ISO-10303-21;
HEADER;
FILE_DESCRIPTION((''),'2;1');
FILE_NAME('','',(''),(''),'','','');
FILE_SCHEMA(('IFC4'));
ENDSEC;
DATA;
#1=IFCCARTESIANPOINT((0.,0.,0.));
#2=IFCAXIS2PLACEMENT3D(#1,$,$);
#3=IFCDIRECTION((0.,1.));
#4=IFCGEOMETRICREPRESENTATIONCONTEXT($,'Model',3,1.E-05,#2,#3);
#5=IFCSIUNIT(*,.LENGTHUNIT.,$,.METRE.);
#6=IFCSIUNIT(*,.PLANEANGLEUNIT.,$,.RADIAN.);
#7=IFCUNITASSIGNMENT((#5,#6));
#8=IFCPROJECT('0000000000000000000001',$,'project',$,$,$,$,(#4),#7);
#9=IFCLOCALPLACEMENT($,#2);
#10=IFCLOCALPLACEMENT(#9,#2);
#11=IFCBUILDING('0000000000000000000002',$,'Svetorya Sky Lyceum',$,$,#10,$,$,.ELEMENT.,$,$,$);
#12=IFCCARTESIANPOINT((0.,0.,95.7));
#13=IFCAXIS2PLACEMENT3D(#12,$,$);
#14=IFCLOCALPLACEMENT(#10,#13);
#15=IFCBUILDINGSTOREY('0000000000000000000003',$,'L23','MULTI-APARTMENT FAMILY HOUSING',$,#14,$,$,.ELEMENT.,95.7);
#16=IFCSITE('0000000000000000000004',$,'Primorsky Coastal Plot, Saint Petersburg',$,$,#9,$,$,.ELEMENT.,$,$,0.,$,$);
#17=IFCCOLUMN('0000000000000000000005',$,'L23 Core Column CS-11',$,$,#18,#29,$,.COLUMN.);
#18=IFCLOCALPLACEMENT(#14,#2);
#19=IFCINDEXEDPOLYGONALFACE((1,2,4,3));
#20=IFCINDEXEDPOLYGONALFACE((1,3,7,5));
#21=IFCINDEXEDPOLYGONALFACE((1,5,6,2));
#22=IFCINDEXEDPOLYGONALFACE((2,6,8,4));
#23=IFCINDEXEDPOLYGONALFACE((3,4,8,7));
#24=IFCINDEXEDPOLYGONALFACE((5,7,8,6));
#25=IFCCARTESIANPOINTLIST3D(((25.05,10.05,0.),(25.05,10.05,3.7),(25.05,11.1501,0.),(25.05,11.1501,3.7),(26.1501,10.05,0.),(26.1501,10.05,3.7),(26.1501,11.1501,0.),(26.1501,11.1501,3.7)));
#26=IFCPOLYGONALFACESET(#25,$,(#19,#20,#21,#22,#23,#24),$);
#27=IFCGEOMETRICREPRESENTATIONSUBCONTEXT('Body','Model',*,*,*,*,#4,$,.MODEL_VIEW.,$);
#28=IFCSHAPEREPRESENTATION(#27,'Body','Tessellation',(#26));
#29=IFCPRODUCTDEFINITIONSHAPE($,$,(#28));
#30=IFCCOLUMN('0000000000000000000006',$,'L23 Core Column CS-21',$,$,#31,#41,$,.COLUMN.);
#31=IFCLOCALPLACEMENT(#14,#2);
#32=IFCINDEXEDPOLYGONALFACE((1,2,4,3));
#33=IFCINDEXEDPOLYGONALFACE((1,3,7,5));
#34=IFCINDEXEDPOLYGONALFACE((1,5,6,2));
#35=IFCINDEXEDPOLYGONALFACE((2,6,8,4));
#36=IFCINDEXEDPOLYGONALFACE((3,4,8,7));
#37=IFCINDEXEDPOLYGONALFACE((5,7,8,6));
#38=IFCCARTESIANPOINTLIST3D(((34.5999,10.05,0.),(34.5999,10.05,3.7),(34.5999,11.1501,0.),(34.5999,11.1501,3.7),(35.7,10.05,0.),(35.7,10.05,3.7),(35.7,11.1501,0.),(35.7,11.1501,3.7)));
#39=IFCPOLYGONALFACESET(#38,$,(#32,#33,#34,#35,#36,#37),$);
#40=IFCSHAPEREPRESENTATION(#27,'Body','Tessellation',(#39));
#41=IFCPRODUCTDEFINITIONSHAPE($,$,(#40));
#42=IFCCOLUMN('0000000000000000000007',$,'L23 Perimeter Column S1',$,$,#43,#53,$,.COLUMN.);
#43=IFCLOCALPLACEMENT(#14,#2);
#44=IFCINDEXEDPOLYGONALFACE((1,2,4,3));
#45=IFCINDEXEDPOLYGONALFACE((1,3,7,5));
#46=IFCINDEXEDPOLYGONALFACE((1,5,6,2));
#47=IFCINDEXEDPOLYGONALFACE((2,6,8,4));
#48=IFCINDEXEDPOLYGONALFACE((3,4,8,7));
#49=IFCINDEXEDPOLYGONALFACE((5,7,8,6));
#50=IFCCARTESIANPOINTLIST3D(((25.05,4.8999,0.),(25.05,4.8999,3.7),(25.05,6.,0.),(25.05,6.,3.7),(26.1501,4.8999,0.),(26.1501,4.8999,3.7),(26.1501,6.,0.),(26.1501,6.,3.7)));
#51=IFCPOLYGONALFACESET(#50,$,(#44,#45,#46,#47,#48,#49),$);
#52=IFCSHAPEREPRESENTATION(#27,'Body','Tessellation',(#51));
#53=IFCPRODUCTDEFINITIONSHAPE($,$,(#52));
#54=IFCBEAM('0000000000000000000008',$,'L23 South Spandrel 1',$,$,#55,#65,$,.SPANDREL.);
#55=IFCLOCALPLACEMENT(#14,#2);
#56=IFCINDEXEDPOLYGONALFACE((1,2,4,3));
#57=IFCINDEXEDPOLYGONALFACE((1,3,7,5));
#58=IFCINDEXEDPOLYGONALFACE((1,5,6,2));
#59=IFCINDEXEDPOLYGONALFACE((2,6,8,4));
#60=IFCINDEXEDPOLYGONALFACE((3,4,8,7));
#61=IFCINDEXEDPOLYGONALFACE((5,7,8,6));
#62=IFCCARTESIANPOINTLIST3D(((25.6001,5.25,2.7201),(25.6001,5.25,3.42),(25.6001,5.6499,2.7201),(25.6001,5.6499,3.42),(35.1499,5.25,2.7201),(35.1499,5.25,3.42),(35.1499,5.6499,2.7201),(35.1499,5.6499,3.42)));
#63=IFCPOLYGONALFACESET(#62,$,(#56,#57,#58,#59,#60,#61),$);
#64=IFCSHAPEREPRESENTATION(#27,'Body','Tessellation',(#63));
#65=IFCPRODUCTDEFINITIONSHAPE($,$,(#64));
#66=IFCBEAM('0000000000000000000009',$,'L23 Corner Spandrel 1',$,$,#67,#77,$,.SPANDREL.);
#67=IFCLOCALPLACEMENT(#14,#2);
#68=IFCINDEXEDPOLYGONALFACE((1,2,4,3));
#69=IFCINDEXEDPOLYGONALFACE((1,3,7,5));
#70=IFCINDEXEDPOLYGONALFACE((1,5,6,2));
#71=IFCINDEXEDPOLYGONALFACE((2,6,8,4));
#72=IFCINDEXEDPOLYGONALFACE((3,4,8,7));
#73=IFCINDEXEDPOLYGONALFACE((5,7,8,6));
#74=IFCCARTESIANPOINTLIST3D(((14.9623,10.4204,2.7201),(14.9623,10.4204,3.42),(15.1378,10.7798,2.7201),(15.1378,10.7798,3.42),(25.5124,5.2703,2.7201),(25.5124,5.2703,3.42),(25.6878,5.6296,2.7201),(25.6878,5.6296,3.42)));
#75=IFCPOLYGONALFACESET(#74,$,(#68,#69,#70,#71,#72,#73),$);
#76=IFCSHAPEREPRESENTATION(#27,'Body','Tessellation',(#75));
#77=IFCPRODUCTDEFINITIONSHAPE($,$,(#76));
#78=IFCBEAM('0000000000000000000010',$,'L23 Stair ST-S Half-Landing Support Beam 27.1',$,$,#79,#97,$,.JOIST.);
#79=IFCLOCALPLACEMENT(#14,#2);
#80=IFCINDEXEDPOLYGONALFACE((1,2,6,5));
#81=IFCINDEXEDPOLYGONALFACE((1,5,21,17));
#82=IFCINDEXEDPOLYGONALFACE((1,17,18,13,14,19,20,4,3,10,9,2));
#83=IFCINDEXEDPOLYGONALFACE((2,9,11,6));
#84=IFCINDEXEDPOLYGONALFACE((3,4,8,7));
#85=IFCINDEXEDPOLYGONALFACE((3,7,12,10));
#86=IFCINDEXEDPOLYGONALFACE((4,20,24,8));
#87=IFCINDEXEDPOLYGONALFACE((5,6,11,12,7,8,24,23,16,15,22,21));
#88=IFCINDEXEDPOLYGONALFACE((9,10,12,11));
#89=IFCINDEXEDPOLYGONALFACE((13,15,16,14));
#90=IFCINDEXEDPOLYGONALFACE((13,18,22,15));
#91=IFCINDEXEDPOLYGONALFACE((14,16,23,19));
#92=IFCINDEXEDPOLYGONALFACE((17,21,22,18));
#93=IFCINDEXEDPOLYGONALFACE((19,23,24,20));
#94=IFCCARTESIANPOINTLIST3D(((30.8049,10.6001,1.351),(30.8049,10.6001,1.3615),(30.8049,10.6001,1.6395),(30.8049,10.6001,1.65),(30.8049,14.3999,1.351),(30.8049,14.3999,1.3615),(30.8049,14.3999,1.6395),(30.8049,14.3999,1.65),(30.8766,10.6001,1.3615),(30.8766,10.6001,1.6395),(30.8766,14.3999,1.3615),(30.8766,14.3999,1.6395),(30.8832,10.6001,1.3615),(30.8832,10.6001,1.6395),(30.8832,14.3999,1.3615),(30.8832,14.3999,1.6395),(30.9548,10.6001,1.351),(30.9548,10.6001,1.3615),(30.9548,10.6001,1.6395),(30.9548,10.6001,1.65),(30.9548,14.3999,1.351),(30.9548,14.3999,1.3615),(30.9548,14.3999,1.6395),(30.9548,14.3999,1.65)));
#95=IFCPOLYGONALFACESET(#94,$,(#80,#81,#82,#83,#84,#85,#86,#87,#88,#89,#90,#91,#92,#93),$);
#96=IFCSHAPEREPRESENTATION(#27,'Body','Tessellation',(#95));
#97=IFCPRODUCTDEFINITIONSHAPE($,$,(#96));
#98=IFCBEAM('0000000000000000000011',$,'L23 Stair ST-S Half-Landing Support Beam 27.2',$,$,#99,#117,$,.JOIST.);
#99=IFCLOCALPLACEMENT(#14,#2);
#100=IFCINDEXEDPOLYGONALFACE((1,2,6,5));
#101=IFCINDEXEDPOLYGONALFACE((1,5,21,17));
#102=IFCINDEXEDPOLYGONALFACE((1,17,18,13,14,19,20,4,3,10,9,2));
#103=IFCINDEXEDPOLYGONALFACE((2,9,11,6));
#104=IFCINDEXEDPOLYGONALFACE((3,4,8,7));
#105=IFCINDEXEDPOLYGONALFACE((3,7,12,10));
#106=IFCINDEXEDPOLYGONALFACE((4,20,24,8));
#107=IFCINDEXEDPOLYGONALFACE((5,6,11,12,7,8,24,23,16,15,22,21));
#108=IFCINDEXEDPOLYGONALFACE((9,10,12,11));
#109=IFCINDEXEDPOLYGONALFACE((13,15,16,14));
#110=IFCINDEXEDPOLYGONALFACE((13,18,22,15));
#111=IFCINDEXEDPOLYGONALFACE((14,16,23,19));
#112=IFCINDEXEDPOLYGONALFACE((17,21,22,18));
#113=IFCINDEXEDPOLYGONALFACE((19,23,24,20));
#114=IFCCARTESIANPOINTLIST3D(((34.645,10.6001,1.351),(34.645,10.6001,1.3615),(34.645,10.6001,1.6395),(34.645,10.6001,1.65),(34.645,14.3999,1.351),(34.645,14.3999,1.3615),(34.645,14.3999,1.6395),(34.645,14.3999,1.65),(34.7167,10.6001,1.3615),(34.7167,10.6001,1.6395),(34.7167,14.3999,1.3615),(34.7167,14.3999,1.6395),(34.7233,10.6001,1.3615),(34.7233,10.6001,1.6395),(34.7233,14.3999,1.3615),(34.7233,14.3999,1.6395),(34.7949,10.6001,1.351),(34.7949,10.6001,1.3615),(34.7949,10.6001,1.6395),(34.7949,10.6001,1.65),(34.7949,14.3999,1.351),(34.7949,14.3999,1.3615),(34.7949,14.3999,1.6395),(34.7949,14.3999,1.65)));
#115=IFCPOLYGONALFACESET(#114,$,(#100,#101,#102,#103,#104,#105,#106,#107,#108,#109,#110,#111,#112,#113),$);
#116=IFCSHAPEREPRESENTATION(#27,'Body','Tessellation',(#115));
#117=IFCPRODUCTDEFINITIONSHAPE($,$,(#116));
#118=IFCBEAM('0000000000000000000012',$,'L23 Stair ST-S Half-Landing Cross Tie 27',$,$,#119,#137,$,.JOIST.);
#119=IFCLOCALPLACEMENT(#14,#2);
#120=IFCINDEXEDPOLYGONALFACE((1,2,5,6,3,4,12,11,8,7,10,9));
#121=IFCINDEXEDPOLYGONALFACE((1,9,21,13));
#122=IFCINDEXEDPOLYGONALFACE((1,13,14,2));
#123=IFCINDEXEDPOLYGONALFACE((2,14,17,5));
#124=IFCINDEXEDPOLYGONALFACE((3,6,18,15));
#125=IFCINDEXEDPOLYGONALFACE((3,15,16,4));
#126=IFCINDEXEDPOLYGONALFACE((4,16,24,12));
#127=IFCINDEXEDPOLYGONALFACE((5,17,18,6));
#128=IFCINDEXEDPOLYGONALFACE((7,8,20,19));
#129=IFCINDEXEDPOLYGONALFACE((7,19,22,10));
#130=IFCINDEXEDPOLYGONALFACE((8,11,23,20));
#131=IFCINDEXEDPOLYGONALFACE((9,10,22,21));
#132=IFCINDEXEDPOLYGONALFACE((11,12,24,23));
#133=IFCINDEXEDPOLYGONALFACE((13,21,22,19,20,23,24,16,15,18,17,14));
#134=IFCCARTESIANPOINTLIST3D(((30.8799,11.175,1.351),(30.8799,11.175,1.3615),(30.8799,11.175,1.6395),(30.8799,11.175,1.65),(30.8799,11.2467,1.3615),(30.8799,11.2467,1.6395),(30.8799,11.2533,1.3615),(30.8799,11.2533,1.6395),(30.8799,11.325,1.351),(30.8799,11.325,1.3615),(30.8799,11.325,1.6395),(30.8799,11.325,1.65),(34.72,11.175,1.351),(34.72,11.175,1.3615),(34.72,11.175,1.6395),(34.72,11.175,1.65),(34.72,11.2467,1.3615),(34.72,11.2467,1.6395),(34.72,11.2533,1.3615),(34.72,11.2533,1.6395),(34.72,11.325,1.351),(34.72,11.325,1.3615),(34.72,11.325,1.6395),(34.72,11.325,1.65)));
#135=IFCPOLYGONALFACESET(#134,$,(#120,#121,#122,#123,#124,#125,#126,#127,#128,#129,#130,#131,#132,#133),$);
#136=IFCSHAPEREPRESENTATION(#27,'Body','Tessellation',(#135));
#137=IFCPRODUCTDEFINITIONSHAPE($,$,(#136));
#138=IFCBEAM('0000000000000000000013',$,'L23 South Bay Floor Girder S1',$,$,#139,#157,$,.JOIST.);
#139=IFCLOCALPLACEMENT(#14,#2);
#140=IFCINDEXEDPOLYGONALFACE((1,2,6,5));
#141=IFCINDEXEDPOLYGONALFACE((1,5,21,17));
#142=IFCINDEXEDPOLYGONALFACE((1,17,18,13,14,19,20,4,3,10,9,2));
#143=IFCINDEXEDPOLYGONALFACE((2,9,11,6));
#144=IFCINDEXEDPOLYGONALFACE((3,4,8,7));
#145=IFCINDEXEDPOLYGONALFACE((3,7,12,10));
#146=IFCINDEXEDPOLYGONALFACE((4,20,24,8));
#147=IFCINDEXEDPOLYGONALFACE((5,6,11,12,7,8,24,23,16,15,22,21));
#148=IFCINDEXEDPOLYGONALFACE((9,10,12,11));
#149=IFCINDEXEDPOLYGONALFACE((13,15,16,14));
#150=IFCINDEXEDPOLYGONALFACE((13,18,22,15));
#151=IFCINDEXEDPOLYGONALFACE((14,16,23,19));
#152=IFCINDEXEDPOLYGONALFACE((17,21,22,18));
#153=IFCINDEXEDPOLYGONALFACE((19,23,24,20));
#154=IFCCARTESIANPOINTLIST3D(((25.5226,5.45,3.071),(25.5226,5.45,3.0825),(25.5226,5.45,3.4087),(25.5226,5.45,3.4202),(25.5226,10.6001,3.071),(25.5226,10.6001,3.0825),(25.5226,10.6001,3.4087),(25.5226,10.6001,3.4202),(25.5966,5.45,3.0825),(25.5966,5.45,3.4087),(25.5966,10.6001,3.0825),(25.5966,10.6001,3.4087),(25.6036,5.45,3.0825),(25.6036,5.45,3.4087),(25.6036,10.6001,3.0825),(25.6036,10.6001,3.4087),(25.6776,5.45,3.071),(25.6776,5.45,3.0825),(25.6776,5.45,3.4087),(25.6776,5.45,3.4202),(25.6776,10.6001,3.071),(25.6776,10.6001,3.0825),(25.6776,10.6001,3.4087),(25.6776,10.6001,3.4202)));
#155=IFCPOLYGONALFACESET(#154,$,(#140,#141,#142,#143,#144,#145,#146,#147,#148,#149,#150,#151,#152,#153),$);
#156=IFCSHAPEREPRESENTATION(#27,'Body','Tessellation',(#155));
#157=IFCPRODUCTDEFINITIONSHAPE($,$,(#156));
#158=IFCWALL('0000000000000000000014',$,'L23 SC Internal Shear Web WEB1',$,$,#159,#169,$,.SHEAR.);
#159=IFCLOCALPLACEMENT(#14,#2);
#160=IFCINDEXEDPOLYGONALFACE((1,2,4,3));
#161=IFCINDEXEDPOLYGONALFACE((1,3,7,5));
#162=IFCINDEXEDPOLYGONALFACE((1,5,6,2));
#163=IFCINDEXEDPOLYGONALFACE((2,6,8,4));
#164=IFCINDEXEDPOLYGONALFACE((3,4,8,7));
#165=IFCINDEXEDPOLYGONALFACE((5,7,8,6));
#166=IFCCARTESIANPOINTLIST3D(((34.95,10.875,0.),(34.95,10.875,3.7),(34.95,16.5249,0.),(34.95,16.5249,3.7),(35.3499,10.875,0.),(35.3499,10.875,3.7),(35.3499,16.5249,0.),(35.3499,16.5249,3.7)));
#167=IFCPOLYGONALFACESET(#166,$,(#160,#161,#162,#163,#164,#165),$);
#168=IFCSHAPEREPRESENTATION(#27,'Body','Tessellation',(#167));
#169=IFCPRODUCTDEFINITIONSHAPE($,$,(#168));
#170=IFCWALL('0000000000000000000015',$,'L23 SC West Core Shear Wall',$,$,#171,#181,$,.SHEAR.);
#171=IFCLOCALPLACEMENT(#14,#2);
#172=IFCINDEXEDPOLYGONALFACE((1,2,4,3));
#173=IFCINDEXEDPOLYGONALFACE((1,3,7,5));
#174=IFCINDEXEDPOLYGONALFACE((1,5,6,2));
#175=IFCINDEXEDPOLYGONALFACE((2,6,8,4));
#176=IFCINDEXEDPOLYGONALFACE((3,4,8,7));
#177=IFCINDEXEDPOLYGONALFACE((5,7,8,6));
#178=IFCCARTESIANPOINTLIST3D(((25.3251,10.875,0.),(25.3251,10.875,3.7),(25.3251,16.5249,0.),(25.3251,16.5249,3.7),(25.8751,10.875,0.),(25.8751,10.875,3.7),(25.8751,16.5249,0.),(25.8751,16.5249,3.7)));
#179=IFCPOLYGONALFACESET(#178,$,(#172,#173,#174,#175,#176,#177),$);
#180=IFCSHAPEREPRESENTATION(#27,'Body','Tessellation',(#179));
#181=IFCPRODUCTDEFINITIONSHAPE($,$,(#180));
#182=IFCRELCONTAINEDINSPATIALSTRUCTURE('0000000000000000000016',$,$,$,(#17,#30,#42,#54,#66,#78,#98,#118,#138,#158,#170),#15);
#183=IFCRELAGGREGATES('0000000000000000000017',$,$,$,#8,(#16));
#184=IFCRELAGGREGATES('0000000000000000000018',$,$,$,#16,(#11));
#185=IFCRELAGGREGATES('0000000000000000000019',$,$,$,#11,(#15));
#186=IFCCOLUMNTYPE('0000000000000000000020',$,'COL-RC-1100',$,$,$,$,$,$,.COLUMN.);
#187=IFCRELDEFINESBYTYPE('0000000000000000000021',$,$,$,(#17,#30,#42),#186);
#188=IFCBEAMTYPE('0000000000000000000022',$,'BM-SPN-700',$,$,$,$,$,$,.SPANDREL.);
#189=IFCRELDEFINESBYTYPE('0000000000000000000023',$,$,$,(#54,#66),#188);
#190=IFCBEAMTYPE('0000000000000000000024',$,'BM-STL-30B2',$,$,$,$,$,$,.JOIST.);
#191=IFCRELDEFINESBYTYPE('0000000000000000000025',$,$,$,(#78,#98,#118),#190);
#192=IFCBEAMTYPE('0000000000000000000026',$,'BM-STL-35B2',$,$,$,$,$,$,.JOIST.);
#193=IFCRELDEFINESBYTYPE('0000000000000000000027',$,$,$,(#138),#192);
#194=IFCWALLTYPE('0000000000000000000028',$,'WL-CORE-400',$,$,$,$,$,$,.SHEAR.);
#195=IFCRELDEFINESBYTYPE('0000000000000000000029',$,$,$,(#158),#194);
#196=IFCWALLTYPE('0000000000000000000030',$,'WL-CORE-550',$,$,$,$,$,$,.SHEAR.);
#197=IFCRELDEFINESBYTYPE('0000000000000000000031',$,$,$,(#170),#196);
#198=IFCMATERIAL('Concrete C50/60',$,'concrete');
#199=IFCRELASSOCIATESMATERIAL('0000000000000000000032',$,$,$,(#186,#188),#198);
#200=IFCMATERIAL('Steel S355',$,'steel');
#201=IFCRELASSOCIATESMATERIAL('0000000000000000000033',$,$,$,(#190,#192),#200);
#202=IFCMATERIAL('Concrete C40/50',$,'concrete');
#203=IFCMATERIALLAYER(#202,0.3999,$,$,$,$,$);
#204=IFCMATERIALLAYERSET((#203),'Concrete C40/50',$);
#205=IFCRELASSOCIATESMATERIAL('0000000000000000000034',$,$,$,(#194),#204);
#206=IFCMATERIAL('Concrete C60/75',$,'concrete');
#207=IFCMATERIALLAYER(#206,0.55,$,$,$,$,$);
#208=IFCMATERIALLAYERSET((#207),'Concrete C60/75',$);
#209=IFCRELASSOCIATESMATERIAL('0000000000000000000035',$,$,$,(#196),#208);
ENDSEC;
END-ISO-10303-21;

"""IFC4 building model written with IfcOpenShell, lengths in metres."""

from ifc_helpers import new_model, si_unit, direction, frame, frame_2d, origin, origin_2d, place, context, subcontext, project, spatial, rectangle, i_section, extrude, material, layer, layer_set, material_profile, profile_set, type_object, element, save


model = new_model("IFC4")

# Units and contexts
model_context = context("Model", 3, precision=1e-05, world=origin(), true_north=direction((0.0, 1.0)))
body_context = subcontext(model_context, "Body", "Model", "MODEL_VIEW")
ifc_project = project(units=[si_unit("LENGTHUNIT", "METRE"), si_unit("PLANEANGLEUNIT", "RADIAN")], contexts=[model_context])

# Site, building, storey
site_placement = place(None, origin())
site = spatial("IfcSite", under=ifc_project, at=site_placement, Name="Primorsky Coastal Plot, Saint Petersburg", CompositionType="ELEMENT", RefElevation=0.0)
building_placement = place(site_placement, origin())
building = spatial("IfcBuilding", under=site, at=building_placement, Name="Svetorya Sky Lyceum", CompositionType="ELEMENT")
storey_placement = place(building_placement, frame((0.0, 0.0, 95.7)))
storey = spatial("IfcBuildingStorey", under=building, at=storey_placement, Name="L23", Description="MULTI-APARTMENT FAMILY HOUSING", CompositionType="ELEMENT", Elevation=95.7)

# Columns
ifc_material_1 = material(Name="Concrete C50/60", Category="concrete")
ifc_material_profile_1 = material_profile(ifc_material_1, rectangle(XDim=1.1001, YDim=1.1001, at=origin_2d()), Name="RC COL 1100x1100")
ifc_profile_set_1 = profile_set([ifc_material_profile_1], Name="Concrete C50/60")
column_type = type_object("IfcColumnType", Name="COL-RC-1100", PredefinedType="COLUMN", material=ifc_profile_set_1)
for number, where, z_axis, x_axis, name in (
    (1, (25.6001, 10.6001, 0.0), (0.0, 0.0, 1.0), (1.0, 0.0, 0.0), "L23 Core Column CS-11"),
    (2, (35.1499, 10.6001, 0.0), (0.0, 0.0, 1.0), (1.0, 0.0, 0.0), "L23 Core Column CS-21"),
    (3, (25.6001, 5.45, 0.0), (0.0, 0.0, 1.0), (1.0, 0.0, 0.0), "L23 Perimeter Column S1"),
):
    element("IfcColumn", number, at=place(storey_placement, frame(where, z_axis=z_axis, x_axis=x_axis)), inside=storey, type_object=column_type, Name=name, PredefinedType="COLUMN", context=body_context, shape_type="SweptSolid", body=[
        extrude(rectangle(XDim=1.1001, YDim=1.1001, at=origin_2d()), origin(), (0.0, 0.0, 1.0), 3.7),
    ])

# Beams
ifc_material_profile_2 = material_profile(ifc_material_1, rectangle(XDim=0.3999, YDim=0.7, at=origin_2d()), Name="RC SPANDREL 400x700")
ifc_profile_set_2 = profile_set([ifc_material_profile_2], Name="Concrete C50/60")
beam_type_1 = type_object("IfcBeamType", Name="BM-SPN-700", PredefinedType="SPANDREL", material=ifc_profile_set_2)
beam_1_placement = place(storey_placement, frame((25.6001, 5.45, 3.0701), z_axis=(1.0, 0.0, 0.0), x_axis=(0.0, 1.0, 0.0)))
element("IfcBeam", 4, at=beam_1_placement, inside=storey, type_object=beam_type_1, Name="L23 South Spandrel 1", PredefinedType="SPANDREL", context=body_context, shape_type="SweptSolid", body=[
    extrude(rectangle(XDim=0.3999, YDim=0.7, at=origin_2d()), origin(), (0.0, 0.0, 1.0), 9.5498),
])
beam_2_placement = place(storey_placement, frame((25.6001, 5.45, 3.0701), z_axis=(-0.898641, 0.438684, 0.0), x_axis=(-0.438684, -0.898641, 0.0)))
element("IfcBeam", 5, at=beam_2_placement, inside=storey, type_object=beam_type_1, Name="L23 Corner Spandrel 1", PredefinedType="SPANDREL", context=body_context, shape_type="SweptSolid", body=[
    extrude(rectangle(XDim=0.3999, YDim=0.7, at=origin_2d()), origin(), (0.0, 0.0, 1.0), 11.74),
])
ifc_material_2 = material(Name="Steel S355", Category="steel")
ifc_material_profile_3 = material_profile(ifc_material_2, i_section(OverallWidth=0.1499, OverallDepth=0.2991, WebThickness=0.0066, FlangeThickness=0.0105, at=origin_2d()), Name="GOST 30B2")
ifc_profile_set_3 = profile_set([ifc_material_profile_3], Name="Steel S355")
beam_type_2 = type_object("IfcBeamType", Name="BM-STL-30B2", PredefinedType="JOIST", material=ifc_profile_set_3)
for number, where, z_axis, x_axis, name in (
    (6, (30.8799, 10.6001, 1.5005), (0.0, 1.0, 0.0), (-1.0, 0.0, 0.0), "L23 Stair ST-S Half-Landing Support Beam 27.1"),
    (7, (34.72, 10.6001, 1.5005), (0.0, 1.0, 0.0), (-1.0, 0.0, 0.0), "L23 Stair ST-S Half-Landing Support Beam 27.2"),
):
    element("IfcBeam", number, at=place(storey_placement, frame(where, z_axis=z_axis, x_axis=x_axis)), inside=storey, type_object=beam_type_2, Name=name, PredefinedType="JOIST", context=body_context, shape_type="SweptSolid", body=[
        extrude(i_section(OverallWidth=0.1499, OverallDepth=0.2991, WebThickness=0.0066, FlangeThickness=0.0105, at=origin_2d()), origin(), (0.0, 0.0, 1.0), 3.7998),
    ])
beam_3_placement = place(storey_placement, frame((30.8799, 11.25, 1.5005), z_axis=(1.0, 0.0, 0.0), x_axis=(0.0, 1.0, 0.0)))
element("IfcBeam", 8, at=beam_3_placement, inside=storey, type_object=beam_type_2, Name="L23 Stair ST-S Half-Landing Cross Tie 27", PredefinedType="JOIST", context=body_context, shape_type="SweptSolid", body=[
    extrude(i_section(OverallWidth=0.1499, OverallDepth=0.2991, WebThickness=0.0066, FlangeThickness=0.0105, at=origin_2d()), origin(), (0.0, 0.0, 1.0), 3.8401),
])
ifc_material_profile_4 = material_profile(ifc_material_2, i_section(OverallWidth=0.155, OverallDepth=0.3491, WebThickness=0.0071, FlangeThickness=0.0115, at=origin_2d()), Name="GOST 35B2")
ifc_profile_set_4 = profile_set([ifc_material_profile_4], Name="Steel S355")
beam_type_3 = type_object("IfcBeamType", Name="BM-STL-35B2", PredefinedType="JOIST", material=ifc_profile_set_4)
beam_4_placement = place(storey_placement, frame((25.6001, 5.45, 3.2456), z_axis=(0.0, 1.0, 0.0), x_axis=(-1.0, 0.0, 0.0)))
element("IfcBeam", 9, at=beam_4_placement, inside=storey, type_object=beam_type_3, Name="L23 South Bay Floor Girder S1", PredefinedType="JOIST", context=body_context, shape_type="SweptSolid", body=[
    extrude(i_section(OverallWidth=0.155, OverallDepth=0.3491, WebThickness=0.0071, FlangeThickness=0.0115, at=origin_2d()), origin(), (0.0, 0.0, 1.0), 5.1501),
])

# Walls
ifc_material_3 = material(Name="Concrete C40/50", Category="concrete")
ifc_layer_1 = layer(ifc_material_3, 0.3999)
ifc_layer_set_1 = layer_set([ifc_layer_1], Name="Concrete C40/50")
wall_type_1 = type_object("IfcWallType", Name="WL-CORE-400", PredefinedType="SHEAR", material=ifc_layer_set_1)
wall_1_placement = place(storey_placement, frame((35.1499, 10.875, 0.0), z_axis=(0.0, 0.0, 1.0), x_axis=(0.0, 1.0, 0.0)))
element("IfcWall", 10, at=wall_1_placement, inside=storey, type_object=wall_type_1, Name="L23 SC Internal Shear Web WEB1", PredefinedType="SHEAR", context=body_context, shape_type="SweptSolid", body=[
    extrude(rectangle(XDim=5.6499, YDim=0.3999, at=frame_2d((2.825, 0.0))), origin(), (0.0, 0.0, 1.0), 3.7),
])
ifc_material_4 = material(Name="Concrete C60/75", Category="concrete")
ifc_layer_2 = layer(ifc_material_4, 0.55)
ifc_layer_set_2 = layer_set([ifc_layer_2], Name="Concrete C60/75")
wall_type_2 = type_object("IfcWallType", Name="WL-CORE-550", PredefinedType="SHEAR", material=ifc_layer_set_2)
wall_2_placement = place(storey_placement, frame((25.6001, 10.875, 0.0), z_axis=(0.0, 0.0, 1.0), x_axis=(0.0, 1.0, 0.0)))
element("IfcWall", 11, at=wall_2_placement, inside=storey, type_object=wall_type_2, Name="L23 SC West Core Shear Wall", PredefinedType="SHEAR", context=body_context, shape_type="SweptSolid", body=[
    extrude(rectangle(XDim=5.6499, YDim=0.55, at=frame_2d((2.825, 0.0))), origin(), (0.0, 0.0, 1.0), 3.7),
])

save(model, "model.ifc")
